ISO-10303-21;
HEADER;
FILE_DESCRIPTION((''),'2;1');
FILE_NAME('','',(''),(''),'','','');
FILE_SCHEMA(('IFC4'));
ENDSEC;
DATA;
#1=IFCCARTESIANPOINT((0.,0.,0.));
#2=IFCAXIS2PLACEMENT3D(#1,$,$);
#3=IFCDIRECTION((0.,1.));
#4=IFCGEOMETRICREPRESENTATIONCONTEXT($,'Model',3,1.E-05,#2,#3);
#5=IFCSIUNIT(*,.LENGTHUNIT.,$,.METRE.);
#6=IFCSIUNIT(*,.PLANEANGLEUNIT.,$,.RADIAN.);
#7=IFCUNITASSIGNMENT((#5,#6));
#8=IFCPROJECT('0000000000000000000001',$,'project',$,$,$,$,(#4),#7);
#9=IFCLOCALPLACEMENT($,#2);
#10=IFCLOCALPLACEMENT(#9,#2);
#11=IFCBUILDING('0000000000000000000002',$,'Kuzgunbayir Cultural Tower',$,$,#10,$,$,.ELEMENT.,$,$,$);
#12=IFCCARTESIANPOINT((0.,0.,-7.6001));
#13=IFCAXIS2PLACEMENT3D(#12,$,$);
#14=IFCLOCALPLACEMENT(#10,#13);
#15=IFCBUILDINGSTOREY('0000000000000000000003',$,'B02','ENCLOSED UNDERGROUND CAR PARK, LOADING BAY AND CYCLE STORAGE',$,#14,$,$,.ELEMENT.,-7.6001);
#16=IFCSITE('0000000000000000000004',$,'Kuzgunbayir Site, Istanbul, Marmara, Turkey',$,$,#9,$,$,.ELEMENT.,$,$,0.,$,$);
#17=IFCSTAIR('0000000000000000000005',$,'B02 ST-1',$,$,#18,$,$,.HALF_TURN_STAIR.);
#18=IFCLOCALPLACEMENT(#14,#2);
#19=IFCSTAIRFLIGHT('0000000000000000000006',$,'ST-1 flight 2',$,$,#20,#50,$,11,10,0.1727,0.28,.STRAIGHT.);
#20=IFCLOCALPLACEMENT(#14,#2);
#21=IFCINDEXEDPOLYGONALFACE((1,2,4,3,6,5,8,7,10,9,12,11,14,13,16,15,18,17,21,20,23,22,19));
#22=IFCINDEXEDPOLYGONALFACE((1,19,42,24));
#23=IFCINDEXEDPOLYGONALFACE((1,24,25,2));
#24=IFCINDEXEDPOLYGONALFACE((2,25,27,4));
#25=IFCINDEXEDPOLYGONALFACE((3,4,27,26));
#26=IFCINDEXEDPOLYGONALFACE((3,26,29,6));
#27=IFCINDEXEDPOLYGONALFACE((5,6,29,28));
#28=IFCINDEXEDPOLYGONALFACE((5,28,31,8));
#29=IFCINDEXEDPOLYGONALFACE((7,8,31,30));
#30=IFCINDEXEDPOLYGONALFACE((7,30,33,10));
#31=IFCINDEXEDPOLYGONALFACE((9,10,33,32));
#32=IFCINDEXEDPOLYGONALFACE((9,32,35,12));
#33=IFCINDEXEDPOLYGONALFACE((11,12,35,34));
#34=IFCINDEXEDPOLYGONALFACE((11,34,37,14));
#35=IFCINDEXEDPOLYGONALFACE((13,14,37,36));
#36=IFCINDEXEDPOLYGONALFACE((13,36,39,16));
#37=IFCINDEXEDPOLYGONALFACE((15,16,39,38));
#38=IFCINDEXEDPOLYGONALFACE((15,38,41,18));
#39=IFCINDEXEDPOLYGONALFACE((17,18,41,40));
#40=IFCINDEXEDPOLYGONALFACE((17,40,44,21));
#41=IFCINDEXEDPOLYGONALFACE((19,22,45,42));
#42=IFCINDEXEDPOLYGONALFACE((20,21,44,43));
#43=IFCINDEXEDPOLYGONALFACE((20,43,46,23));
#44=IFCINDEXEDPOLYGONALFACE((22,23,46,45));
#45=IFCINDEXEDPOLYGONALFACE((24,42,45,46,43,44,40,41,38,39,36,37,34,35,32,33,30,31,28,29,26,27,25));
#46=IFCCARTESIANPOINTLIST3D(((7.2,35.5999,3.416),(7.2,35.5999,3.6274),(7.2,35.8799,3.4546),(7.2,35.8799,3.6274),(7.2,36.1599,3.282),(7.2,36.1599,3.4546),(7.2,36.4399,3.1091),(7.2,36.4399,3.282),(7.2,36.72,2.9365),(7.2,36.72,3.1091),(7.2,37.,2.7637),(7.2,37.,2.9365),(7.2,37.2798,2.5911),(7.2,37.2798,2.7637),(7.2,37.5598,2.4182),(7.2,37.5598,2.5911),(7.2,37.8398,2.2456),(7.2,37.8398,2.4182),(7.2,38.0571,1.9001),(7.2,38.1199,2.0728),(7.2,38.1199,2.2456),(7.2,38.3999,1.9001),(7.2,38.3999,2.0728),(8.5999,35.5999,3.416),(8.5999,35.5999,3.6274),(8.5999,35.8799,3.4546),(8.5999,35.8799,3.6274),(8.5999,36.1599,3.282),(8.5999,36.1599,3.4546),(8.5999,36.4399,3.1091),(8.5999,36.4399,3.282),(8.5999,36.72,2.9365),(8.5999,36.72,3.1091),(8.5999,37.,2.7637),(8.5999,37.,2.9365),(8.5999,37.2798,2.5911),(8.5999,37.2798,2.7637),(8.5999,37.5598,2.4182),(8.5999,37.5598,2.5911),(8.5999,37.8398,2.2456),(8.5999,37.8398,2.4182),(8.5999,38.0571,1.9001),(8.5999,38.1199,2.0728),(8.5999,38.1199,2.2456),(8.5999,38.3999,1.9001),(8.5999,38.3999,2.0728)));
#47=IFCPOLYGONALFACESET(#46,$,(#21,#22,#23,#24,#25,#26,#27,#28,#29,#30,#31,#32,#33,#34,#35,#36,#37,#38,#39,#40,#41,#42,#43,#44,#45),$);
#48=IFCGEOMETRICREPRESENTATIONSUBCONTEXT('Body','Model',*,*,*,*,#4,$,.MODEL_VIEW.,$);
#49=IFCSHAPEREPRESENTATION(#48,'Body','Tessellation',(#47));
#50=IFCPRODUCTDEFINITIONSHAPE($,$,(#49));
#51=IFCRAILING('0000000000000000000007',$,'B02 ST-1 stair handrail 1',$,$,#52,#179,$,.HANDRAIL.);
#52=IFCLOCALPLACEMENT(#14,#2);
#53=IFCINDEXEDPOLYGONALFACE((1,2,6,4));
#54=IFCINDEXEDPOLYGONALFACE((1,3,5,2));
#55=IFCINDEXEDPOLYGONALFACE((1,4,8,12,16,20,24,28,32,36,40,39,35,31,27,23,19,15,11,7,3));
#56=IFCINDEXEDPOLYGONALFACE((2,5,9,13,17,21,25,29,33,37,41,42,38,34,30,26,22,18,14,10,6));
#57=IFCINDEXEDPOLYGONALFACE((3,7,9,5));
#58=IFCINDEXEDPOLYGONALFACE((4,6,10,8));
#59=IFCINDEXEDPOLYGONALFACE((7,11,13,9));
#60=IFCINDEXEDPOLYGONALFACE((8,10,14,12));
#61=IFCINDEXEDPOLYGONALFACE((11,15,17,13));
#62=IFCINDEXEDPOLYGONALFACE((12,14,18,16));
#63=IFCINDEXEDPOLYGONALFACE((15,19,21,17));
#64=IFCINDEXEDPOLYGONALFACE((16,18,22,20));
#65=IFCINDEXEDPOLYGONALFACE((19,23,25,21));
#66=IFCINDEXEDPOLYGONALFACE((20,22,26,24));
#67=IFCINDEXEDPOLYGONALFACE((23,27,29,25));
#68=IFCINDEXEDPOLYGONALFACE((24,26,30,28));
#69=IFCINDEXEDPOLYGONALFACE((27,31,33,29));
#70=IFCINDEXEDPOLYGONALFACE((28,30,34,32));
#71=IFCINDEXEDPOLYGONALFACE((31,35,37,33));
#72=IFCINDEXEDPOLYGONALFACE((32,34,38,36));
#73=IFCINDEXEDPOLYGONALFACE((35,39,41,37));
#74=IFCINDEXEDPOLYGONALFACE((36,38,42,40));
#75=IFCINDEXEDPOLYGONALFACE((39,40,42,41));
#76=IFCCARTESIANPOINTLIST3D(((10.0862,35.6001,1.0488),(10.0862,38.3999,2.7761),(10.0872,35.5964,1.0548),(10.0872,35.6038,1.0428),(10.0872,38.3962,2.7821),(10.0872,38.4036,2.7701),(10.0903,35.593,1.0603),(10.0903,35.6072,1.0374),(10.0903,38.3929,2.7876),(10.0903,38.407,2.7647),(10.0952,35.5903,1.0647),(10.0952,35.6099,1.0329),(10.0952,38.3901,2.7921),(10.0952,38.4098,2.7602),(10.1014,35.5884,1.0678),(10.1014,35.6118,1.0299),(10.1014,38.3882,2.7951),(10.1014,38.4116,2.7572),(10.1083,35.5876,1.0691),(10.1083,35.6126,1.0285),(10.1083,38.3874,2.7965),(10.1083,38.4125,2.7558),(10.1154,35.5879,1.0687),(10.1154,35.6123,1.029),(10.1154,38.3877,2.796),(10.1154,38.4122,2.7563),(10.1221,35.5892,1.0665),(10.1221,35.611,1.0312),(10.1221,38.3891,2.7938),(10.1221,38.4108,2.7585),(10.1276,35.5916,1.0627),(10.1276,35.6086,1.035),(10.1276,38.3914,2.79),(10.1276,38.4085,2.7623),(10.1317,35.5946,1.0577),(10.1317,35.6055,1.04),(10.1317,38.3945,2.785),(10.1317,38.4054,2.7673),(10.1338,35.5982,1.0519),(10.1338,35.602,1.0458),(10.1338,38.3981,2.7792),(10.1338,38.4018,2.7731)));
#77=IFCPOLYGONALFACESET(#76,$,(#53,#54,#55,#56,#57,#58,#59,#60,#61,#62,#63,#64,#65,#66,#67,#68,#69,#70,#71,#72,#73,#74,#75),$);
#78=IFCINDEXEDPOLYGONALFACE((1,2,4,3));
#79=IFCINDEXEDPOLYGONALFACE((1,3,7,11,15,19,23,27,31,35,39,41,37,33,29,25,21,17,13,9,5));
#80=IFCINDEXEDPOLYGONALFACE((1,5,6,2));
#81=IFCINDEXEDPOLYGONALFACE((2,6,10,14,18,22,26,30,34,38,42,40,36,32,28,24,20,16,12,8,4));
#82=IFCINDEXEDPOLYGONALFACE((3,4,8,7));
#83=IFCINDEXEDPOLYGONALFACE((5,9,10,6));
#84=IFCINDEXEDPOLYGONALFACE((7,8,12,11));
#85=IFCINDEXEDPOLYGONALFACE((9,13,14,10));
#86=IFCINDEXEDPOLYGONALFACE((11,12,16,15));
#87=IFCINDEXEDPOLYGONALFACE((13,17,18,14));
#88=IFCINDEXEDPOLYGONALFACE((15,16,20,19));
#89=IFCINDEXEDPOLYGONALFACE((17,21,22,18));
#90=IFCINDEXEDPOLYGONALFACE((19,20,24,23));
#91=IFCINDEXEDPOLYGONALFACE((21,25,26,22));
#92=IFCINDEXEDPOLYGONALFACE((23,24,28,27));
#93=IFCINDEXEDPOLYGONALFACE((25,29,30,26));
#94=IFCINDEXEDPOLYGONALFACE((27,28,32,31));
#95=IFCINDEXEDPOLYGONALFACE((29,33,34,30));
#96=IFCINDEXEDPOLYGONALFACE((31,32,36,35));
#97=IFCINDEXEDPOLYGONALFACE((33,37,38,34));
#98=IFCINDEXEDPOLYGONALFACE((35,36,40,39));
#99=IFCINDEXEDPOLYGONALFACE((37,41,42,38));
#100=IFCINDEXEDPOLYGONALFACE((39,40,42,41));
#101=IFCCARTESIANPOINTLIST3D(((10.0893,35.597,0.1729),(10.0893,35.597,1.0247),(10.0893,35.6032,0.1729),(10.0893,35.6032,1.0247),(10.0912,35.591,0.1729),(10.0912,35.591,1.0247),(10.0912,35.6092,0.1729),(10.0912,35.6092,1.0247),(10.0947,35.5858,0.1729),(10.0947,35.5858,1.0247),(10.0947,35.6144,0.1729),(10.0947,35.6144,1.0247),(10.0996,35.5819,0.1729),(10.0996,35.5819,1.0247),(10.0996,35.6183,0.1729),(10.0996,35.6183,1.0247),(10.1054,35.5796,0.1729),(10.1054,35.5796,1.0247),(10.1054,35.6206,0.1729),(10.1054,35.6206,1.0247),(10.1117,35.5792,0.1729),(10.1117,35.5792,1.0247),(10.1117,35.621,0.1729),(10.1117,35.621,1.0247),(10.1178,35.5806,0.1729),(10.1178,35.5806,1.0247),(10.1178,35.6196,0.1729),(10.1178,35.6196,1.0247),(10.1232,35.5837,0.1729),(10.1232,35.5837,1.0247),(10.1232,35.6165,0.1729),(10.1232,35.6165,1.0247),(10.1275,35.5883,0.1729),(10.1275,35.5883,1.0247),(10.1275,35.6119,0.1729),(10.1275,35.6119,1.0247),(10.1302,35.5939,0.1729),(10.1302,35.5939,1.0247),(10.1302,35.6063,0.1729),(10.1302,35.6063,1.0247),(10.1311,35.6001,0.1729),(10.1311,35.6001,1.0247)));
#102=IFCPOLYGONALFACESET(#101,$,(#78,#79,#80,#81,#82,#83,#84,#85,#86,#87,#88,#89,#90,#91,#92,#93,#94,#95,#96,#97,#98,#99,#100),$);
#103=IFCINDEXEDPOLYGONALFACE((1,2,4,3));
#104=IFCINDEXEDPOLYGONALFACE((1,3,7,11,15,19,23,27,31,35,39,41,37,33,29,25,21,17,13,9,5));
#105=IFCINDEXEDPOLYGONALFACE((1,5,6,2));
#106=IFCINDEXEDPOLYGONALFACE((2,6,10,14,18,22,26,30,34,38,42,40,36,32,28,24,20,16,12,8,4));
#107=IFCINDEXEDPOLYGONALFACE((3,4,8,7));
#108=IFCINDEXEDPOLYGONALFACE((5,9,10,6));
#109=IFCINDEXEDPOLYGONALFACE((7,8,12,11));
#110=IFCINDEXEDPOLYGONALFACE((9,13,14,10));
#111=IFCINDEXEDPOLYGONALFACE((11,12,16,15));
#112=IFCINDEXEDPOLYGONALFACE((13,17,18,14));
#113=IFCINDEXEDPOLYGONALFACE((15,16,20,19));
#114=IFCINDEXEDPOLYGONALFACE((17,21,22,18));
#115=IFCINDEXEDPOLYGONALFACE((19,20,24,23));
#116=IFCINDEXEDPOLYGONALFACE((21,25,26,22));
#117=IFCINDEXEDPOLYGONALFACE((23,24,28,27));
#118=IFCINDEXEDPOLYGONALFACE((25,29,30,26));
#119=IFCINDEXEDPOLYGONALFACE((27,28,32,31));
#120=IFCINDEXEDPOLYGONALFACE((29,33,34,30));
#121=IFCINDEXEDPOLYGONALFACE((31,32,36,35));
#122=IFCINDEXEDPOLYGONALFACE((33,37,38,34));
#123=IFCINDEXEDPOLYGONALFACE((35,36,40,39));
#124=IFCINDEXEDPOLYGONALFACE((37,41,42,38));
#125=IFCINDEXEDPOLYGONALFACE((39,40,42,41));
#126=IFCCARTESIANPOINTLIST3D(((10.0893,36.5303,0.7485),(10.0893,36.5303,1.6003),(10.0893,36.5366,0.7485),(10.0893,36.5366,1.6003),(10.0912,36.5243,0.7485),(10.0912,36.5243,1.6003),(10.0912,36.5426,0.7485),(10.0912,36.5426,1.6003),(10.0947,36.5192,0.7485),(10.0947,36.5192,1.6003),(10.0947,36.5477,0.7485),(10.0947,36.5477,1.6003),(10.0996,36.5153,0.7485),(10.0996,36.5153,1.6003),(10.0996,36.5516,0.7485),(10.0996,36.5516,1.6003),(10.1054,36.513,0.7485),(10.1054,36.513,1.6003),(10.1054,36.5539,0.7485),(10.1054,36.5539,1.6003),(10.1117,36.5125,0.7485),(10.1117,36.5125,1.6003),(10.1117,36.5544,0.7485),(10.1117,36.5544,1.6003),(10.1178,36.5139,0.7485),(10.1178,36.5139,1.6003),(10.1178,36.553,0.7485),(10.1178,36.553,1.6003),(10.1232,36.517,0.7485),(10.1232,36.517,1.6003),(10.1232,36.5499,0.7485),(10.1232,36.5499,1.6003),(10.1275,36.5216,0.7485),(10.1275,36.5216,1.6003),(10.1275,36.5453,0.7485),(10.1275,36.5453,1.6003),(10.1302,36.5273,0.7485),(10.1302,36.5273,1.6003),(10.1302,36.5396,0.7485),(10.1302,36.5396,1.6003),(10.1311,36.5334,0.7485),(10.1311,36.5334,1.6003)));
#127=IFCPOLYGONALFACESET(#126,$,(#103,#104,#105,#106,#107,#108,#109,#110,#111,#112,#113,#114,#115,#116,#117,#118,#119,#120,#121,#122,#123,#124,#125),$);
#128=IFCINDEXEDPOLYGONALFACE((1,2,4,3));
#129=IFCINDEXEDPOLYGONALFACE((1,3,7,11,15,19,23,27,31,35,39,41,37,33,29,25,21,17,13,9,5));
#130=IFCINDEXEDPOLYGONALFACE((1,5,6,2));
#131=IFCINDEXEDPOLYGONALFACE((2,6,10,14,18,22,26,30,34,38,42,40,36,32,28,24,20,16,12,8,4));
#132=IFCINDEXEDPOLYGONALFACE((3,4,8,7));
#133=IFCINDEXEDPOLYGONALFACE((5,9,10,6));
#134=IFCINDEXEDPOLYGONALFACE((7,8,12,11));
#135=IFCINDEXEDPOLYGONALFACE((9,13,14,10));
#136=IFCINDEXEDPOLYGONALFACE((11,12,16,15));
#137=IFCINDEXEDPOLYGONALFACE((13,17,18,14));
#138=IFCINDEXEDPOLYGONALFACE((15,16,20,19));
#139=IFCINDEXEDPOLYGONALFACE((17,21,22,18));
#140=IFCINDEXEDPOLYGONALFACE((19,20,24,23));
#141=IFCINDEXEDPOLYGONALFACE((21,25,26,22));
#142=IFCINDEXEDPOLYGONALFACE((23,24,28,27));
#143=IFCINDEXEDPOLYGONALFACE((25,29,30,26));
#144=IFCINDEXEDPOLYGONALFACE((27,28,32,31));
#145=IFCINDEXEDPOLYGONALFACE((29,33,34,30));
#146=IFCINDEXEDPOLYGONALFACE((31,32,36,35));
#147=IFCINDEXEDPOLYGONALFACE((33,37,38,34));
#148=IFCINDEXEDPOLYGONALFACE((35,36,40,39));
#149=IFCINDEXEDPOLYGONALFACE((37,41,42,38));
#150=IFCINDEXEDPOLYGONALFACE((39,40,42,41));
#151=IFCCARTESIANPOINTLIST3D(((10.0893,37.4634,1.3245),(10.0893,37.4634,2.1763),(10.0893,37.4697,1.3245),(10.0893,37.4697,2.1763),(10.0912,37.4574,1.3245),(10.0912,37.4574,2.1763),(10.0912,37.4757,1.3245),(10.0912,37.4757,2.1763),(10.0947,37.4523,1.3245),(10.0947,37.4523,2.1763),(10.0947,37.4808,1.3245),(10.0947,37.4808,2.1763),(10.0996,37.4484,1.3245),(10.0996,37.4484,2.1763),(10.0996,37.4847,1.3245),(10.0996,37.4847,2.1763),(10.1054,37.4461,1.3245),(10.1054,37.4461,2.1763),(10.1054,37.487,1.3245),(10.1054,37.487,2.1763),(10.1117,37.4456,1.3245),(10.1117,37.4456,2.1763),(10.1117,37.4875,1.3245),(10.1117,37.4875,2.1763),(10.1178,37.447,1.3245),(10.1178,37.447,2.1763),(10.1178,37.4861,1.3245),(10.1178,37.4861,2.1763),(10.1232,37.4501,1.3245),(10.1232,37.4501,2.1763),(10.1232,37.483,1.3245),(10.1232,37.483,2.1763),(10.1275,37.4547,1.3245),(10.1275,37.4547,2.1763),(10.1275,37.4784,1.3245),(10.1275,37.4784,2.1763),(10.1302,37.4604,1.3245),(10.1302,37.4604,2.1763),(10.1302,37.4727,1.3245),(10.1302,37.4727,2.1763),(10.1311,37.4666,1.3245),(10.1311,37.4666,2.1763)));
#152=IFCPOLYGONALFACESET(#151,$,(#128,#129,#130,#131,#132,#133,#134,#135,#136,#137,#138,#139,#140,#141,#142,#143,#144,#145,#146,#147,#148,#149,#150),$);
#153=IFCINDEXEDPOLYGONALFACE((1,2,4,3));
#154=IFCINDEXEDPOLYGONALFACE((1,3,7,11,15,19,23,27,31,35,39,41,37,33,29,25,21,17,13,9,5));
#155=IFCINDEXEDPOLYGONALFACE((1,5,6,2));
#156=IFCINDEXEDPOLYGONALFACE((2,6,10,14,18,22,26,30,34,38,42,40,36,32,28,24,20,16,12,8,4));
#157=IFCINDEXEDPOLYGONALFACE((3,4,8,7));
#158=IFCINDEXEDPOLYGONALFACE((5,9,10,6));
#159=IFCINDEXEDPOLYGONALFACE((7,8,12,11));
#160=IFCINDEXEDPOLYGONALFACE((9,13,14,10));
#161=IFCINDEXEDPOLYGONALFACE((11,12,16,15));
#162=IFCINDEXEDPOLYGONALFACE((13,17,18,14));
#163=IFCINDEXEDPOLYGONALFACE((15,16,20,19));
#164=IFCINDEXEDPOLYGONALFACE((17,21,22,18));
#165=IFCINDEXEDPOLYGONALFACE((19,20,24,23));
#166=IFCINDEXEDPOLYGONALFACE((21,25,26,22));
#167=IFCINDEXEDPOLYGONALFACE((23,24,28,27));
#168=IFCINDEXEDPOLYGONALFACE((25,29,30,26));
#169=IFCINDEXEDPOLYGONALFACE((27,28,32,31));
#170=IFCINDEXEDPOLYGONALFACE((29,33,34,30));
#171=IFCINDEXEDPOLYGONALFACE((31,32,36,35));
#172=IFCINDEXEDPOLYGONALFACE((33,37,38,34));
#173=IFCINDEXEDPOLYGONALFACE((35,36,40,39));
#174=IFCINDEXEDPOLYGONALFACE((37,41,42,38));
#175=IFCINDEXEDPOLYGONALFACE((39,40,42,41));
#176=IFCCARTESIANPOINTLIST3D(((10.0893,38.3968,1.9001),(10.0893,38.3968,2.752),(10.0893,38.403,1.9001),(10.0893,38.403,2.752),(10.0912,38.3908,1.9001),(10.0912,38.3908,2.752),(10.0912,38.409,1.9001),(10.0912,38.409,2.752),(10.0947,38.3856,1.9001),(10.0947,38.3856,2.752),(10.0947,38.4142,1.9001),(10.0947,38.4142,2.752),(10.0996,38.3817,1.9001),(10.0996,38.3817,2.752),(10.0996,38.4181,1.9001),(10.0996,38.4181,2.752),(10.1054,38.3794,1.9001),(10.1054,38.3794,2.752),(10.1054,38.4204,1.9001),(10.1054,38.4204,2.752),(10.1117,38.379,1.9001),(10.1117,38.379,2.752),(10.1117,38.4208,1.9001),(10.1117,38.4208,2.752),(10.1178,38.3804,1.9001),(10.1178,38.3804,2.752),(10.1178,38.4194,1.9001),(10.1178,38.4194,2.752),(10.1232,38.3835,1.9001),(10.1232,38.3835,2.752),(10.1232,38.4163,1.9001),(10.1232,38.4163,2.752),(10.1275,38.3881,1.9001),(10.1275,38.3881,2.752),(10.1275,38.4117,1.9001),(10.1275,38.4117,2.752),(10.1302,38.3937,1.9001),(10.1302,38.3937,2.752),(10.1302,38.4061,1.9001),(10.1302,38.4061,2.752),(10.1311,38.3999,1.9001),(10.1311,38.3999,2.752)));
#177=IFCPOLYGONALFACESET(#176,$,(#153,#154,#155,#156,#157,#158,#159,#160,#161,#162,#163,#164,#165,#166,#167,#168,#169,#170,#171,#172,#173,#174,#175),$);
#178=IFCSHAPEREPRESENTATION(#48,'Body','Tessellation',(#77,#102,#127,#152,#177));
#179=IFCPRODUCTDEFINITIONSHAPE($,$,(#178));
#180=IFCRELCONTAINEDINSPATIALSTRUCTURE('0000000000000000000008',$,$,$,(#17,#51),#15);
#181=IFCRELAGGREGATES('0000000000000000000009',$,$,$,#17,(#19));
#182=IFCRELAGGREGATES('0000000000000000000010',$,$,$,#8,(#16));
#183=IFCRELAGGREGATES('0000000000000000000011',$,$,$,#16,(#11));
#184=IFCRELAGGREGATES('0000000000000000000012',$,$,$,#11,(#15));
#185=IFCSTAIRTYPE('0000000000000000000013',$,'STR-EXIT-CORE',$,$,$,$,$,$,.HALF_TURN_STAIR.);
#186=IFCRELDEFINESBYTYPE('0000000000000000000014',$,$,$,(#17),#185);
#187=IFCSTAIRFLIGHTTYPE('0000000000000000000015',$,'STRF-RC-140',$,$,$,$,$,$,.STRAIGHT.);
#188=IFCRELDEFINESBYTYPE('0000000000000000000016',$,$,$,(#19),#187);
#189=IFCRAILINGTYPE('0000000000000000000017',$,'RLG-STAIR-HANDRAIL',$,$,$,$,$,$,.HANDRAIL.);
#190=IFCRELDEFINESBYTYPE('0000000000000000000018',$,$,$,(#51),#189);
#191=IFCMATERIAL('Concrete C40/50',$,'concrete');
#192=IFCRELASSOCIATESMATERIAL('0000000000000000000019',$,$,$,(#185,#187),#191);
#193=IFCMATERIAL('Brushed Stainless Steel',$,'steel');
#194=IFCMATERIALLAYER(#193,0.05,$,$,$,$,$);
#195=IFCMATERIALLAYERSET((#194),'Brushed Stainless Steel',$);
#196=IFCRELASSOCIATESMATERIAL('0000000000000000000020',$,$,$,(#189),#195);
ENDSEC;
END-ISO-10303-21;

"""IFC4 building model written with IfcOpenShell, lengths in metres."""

from ifc_helpers import new_model, si_unit, direction, frame, origin, origin_2d, place, context, subcontext, project, spatial, polyline, circle, outline, extrude, material, layer, layer_set, type_object, element, aggregate, save


model = new_model("IFC4")

# Units and contexts
model_context = context("Model", 3, precision=1e-05, world=origin(), true_north=direction((0.0, 1.0)))
body_context = subcontext(model_context, "Body", "Model", "MODEL_VIEW")
ifc_project = project(units=[si_unit("LENGTHUNIT", "METRE"), si_unit("PLANEANGLEUNIT", "RADIAN")], contexts=[model_context])

# Site, building, storey
site_placement = place(None, origin())
site = spatial("IfcSite", under=ifc_project, at=site_placement, Name="Kuzgunbayir Site, Istanbul, Marmara, Turkey", CompositionType="ELEMENT", RefElevation=0.0)
building_placement = place(site_placement, origin())
building = spatial("IfcBuilding", under=site, at=building_placement, Name="Kuzgunbayir Cultural Tower", CompositionType="ELEMENT")
storey_placement = place(building_placement, frame((0.0, 0.0, -7.6001)))
storey = spatial("IfcBuildingStorey", under=building, at=storey_placement, Name="B02", Description="ENCLOSED UNDERGROUND CAR PARK, LOADING BAY AND CYCLE STORAGE", CompositionType="ELEMENT", Elevation=-7.6001)

# Shared definitions
ifc_material_1 = material(Name="Concrete C40/50", Category="concrete")

# Shared definitions
ifc_material_2 = material(Name="Brushed Stainless Steel", Category="steel")

# Stair, stair flight
stair_type = type_object("IfcStairType", Name="STR-EXIT-CORE", PredefinedType="HALF_TURN_STAIR", material=ifc_material_1)
stair_placement = place(storey_placement, origin())
stair = element("IfcStair", 1, at=stair_placement, inside=storey, type_object=stair_type, Name="B02 ST-1", PredefinedType="HALF_TURN_STAIR")
stair_flight_type = type_object("IfcStairFlightType", Name="STRF-RC-140", PredefinedType="STRAIGHT", material=ifc_material_1)
stair_flight_1_placement = place(storey_placement, frame((7.8999, 38.3999, 1.9001), z_axis=(0.0, 0.0, 1.0), x_axis=(0.0, -1.0, 0.0)))
stair_flight_1 = element("IfcStairFlight", 2, at=stair_flight_1_placement, type_object=stair_flight_type, Name="ST-1 flight 2", NumberOfRisers=11, NumberOfTreads=10, PredefinedType="STRAIGHT", RiserHeight=0.1727, TreadLength=0.28, context=body_context, shape_type="SweptSolid", body=[
    extrude(outline(polyline([(0.0, 0.0), (0.0, 0.1726), (0.28, 0.1726), (0.28, 0.3455), (0.5601, 0.3455), (0.5601, 0.5181), (0.8401, 0.5181), (0.8401, 0.6909), (1.1201, 0.6909), (1.1201, 0.8635), (1.3999, 0.8635), (1.3999, 1.0364), (1.6799, 1.0364), (1.6799, 1.209), (1.96, 1.209), (1.96, 1.3818), (2.24, 1.3818), (2.24, 1.5544), (2.52, 1.5544), (2.52, 1.7273), (2.8, 1.7273), (2.8, 1.8999), (2.8, 1.5159), (0.3428, 0.0), (0.0, 0.0)])), frame((0.0, 0.7, 0.0), z_axis=(0.0, -1.0, 0.0), x_axis=(1.0, 0.0, 0.0)), (0.0, 0.0, 1.0), 1.3999),
])
aggregate(stair, [stair_flight_1])

# Railing
ifc_layer_1 = layer(ifc_material_2, 0.05)
ifc_layer_set_1 = layer_set([ifc_layer_1], Name="Brushed Stainless Steel")
railing_type_1 = type_object("IfcRailingType", Name="RLG-STAIR-HANDRAIL", PredefinedType="HANDRAIL", material=ifc_layer_set_1)
railing_1_placement = place(storey_placement, frame((10.1101, 35.6001, 0.1729)))
element("IfcRailing", 3, at=railing_1_placement, inside=storey, type_object=railing_type_1, Name="B02 ST-1 stair handrail 1", PredefinedType="HANDRAIL", context=body_context, shape_type="SweptSolid", body=[
    extrude(circle(Radius=0.0239, at=origin_2d()), frame((0.0, 0.0, 0.876), z_axis=(0.0, 0.851069, 0.525054), x_axis=(-1.0, 0.0, 0.0)), (0.0, 0.0, 1.0), 3.2898),
    extrude(circle(Radius=0.021, at=origin_2d()), origin(), (0.0, 0.0, 1.0), 0.8518),
    extrude(circle(Radius=0.021, at=origin_2d()), frame((0.0, 0.9333, 0.5757)), (0.0, 0.0, 1.0), 0.8518),
    extrude(circle(Radius=0.021, at=origin_2d()), frame((0.0, 1.8665, 1.1516)), (0.0, 0.0, 1.0), 0.8518),
    extrude(circle(Radius=0.021, at=origin_2d()), frame((0.0, 2.7998, 1.7273)), (0.0, 0.0, 1.0), 0.8518),
])

save(model, "model.ifc")
